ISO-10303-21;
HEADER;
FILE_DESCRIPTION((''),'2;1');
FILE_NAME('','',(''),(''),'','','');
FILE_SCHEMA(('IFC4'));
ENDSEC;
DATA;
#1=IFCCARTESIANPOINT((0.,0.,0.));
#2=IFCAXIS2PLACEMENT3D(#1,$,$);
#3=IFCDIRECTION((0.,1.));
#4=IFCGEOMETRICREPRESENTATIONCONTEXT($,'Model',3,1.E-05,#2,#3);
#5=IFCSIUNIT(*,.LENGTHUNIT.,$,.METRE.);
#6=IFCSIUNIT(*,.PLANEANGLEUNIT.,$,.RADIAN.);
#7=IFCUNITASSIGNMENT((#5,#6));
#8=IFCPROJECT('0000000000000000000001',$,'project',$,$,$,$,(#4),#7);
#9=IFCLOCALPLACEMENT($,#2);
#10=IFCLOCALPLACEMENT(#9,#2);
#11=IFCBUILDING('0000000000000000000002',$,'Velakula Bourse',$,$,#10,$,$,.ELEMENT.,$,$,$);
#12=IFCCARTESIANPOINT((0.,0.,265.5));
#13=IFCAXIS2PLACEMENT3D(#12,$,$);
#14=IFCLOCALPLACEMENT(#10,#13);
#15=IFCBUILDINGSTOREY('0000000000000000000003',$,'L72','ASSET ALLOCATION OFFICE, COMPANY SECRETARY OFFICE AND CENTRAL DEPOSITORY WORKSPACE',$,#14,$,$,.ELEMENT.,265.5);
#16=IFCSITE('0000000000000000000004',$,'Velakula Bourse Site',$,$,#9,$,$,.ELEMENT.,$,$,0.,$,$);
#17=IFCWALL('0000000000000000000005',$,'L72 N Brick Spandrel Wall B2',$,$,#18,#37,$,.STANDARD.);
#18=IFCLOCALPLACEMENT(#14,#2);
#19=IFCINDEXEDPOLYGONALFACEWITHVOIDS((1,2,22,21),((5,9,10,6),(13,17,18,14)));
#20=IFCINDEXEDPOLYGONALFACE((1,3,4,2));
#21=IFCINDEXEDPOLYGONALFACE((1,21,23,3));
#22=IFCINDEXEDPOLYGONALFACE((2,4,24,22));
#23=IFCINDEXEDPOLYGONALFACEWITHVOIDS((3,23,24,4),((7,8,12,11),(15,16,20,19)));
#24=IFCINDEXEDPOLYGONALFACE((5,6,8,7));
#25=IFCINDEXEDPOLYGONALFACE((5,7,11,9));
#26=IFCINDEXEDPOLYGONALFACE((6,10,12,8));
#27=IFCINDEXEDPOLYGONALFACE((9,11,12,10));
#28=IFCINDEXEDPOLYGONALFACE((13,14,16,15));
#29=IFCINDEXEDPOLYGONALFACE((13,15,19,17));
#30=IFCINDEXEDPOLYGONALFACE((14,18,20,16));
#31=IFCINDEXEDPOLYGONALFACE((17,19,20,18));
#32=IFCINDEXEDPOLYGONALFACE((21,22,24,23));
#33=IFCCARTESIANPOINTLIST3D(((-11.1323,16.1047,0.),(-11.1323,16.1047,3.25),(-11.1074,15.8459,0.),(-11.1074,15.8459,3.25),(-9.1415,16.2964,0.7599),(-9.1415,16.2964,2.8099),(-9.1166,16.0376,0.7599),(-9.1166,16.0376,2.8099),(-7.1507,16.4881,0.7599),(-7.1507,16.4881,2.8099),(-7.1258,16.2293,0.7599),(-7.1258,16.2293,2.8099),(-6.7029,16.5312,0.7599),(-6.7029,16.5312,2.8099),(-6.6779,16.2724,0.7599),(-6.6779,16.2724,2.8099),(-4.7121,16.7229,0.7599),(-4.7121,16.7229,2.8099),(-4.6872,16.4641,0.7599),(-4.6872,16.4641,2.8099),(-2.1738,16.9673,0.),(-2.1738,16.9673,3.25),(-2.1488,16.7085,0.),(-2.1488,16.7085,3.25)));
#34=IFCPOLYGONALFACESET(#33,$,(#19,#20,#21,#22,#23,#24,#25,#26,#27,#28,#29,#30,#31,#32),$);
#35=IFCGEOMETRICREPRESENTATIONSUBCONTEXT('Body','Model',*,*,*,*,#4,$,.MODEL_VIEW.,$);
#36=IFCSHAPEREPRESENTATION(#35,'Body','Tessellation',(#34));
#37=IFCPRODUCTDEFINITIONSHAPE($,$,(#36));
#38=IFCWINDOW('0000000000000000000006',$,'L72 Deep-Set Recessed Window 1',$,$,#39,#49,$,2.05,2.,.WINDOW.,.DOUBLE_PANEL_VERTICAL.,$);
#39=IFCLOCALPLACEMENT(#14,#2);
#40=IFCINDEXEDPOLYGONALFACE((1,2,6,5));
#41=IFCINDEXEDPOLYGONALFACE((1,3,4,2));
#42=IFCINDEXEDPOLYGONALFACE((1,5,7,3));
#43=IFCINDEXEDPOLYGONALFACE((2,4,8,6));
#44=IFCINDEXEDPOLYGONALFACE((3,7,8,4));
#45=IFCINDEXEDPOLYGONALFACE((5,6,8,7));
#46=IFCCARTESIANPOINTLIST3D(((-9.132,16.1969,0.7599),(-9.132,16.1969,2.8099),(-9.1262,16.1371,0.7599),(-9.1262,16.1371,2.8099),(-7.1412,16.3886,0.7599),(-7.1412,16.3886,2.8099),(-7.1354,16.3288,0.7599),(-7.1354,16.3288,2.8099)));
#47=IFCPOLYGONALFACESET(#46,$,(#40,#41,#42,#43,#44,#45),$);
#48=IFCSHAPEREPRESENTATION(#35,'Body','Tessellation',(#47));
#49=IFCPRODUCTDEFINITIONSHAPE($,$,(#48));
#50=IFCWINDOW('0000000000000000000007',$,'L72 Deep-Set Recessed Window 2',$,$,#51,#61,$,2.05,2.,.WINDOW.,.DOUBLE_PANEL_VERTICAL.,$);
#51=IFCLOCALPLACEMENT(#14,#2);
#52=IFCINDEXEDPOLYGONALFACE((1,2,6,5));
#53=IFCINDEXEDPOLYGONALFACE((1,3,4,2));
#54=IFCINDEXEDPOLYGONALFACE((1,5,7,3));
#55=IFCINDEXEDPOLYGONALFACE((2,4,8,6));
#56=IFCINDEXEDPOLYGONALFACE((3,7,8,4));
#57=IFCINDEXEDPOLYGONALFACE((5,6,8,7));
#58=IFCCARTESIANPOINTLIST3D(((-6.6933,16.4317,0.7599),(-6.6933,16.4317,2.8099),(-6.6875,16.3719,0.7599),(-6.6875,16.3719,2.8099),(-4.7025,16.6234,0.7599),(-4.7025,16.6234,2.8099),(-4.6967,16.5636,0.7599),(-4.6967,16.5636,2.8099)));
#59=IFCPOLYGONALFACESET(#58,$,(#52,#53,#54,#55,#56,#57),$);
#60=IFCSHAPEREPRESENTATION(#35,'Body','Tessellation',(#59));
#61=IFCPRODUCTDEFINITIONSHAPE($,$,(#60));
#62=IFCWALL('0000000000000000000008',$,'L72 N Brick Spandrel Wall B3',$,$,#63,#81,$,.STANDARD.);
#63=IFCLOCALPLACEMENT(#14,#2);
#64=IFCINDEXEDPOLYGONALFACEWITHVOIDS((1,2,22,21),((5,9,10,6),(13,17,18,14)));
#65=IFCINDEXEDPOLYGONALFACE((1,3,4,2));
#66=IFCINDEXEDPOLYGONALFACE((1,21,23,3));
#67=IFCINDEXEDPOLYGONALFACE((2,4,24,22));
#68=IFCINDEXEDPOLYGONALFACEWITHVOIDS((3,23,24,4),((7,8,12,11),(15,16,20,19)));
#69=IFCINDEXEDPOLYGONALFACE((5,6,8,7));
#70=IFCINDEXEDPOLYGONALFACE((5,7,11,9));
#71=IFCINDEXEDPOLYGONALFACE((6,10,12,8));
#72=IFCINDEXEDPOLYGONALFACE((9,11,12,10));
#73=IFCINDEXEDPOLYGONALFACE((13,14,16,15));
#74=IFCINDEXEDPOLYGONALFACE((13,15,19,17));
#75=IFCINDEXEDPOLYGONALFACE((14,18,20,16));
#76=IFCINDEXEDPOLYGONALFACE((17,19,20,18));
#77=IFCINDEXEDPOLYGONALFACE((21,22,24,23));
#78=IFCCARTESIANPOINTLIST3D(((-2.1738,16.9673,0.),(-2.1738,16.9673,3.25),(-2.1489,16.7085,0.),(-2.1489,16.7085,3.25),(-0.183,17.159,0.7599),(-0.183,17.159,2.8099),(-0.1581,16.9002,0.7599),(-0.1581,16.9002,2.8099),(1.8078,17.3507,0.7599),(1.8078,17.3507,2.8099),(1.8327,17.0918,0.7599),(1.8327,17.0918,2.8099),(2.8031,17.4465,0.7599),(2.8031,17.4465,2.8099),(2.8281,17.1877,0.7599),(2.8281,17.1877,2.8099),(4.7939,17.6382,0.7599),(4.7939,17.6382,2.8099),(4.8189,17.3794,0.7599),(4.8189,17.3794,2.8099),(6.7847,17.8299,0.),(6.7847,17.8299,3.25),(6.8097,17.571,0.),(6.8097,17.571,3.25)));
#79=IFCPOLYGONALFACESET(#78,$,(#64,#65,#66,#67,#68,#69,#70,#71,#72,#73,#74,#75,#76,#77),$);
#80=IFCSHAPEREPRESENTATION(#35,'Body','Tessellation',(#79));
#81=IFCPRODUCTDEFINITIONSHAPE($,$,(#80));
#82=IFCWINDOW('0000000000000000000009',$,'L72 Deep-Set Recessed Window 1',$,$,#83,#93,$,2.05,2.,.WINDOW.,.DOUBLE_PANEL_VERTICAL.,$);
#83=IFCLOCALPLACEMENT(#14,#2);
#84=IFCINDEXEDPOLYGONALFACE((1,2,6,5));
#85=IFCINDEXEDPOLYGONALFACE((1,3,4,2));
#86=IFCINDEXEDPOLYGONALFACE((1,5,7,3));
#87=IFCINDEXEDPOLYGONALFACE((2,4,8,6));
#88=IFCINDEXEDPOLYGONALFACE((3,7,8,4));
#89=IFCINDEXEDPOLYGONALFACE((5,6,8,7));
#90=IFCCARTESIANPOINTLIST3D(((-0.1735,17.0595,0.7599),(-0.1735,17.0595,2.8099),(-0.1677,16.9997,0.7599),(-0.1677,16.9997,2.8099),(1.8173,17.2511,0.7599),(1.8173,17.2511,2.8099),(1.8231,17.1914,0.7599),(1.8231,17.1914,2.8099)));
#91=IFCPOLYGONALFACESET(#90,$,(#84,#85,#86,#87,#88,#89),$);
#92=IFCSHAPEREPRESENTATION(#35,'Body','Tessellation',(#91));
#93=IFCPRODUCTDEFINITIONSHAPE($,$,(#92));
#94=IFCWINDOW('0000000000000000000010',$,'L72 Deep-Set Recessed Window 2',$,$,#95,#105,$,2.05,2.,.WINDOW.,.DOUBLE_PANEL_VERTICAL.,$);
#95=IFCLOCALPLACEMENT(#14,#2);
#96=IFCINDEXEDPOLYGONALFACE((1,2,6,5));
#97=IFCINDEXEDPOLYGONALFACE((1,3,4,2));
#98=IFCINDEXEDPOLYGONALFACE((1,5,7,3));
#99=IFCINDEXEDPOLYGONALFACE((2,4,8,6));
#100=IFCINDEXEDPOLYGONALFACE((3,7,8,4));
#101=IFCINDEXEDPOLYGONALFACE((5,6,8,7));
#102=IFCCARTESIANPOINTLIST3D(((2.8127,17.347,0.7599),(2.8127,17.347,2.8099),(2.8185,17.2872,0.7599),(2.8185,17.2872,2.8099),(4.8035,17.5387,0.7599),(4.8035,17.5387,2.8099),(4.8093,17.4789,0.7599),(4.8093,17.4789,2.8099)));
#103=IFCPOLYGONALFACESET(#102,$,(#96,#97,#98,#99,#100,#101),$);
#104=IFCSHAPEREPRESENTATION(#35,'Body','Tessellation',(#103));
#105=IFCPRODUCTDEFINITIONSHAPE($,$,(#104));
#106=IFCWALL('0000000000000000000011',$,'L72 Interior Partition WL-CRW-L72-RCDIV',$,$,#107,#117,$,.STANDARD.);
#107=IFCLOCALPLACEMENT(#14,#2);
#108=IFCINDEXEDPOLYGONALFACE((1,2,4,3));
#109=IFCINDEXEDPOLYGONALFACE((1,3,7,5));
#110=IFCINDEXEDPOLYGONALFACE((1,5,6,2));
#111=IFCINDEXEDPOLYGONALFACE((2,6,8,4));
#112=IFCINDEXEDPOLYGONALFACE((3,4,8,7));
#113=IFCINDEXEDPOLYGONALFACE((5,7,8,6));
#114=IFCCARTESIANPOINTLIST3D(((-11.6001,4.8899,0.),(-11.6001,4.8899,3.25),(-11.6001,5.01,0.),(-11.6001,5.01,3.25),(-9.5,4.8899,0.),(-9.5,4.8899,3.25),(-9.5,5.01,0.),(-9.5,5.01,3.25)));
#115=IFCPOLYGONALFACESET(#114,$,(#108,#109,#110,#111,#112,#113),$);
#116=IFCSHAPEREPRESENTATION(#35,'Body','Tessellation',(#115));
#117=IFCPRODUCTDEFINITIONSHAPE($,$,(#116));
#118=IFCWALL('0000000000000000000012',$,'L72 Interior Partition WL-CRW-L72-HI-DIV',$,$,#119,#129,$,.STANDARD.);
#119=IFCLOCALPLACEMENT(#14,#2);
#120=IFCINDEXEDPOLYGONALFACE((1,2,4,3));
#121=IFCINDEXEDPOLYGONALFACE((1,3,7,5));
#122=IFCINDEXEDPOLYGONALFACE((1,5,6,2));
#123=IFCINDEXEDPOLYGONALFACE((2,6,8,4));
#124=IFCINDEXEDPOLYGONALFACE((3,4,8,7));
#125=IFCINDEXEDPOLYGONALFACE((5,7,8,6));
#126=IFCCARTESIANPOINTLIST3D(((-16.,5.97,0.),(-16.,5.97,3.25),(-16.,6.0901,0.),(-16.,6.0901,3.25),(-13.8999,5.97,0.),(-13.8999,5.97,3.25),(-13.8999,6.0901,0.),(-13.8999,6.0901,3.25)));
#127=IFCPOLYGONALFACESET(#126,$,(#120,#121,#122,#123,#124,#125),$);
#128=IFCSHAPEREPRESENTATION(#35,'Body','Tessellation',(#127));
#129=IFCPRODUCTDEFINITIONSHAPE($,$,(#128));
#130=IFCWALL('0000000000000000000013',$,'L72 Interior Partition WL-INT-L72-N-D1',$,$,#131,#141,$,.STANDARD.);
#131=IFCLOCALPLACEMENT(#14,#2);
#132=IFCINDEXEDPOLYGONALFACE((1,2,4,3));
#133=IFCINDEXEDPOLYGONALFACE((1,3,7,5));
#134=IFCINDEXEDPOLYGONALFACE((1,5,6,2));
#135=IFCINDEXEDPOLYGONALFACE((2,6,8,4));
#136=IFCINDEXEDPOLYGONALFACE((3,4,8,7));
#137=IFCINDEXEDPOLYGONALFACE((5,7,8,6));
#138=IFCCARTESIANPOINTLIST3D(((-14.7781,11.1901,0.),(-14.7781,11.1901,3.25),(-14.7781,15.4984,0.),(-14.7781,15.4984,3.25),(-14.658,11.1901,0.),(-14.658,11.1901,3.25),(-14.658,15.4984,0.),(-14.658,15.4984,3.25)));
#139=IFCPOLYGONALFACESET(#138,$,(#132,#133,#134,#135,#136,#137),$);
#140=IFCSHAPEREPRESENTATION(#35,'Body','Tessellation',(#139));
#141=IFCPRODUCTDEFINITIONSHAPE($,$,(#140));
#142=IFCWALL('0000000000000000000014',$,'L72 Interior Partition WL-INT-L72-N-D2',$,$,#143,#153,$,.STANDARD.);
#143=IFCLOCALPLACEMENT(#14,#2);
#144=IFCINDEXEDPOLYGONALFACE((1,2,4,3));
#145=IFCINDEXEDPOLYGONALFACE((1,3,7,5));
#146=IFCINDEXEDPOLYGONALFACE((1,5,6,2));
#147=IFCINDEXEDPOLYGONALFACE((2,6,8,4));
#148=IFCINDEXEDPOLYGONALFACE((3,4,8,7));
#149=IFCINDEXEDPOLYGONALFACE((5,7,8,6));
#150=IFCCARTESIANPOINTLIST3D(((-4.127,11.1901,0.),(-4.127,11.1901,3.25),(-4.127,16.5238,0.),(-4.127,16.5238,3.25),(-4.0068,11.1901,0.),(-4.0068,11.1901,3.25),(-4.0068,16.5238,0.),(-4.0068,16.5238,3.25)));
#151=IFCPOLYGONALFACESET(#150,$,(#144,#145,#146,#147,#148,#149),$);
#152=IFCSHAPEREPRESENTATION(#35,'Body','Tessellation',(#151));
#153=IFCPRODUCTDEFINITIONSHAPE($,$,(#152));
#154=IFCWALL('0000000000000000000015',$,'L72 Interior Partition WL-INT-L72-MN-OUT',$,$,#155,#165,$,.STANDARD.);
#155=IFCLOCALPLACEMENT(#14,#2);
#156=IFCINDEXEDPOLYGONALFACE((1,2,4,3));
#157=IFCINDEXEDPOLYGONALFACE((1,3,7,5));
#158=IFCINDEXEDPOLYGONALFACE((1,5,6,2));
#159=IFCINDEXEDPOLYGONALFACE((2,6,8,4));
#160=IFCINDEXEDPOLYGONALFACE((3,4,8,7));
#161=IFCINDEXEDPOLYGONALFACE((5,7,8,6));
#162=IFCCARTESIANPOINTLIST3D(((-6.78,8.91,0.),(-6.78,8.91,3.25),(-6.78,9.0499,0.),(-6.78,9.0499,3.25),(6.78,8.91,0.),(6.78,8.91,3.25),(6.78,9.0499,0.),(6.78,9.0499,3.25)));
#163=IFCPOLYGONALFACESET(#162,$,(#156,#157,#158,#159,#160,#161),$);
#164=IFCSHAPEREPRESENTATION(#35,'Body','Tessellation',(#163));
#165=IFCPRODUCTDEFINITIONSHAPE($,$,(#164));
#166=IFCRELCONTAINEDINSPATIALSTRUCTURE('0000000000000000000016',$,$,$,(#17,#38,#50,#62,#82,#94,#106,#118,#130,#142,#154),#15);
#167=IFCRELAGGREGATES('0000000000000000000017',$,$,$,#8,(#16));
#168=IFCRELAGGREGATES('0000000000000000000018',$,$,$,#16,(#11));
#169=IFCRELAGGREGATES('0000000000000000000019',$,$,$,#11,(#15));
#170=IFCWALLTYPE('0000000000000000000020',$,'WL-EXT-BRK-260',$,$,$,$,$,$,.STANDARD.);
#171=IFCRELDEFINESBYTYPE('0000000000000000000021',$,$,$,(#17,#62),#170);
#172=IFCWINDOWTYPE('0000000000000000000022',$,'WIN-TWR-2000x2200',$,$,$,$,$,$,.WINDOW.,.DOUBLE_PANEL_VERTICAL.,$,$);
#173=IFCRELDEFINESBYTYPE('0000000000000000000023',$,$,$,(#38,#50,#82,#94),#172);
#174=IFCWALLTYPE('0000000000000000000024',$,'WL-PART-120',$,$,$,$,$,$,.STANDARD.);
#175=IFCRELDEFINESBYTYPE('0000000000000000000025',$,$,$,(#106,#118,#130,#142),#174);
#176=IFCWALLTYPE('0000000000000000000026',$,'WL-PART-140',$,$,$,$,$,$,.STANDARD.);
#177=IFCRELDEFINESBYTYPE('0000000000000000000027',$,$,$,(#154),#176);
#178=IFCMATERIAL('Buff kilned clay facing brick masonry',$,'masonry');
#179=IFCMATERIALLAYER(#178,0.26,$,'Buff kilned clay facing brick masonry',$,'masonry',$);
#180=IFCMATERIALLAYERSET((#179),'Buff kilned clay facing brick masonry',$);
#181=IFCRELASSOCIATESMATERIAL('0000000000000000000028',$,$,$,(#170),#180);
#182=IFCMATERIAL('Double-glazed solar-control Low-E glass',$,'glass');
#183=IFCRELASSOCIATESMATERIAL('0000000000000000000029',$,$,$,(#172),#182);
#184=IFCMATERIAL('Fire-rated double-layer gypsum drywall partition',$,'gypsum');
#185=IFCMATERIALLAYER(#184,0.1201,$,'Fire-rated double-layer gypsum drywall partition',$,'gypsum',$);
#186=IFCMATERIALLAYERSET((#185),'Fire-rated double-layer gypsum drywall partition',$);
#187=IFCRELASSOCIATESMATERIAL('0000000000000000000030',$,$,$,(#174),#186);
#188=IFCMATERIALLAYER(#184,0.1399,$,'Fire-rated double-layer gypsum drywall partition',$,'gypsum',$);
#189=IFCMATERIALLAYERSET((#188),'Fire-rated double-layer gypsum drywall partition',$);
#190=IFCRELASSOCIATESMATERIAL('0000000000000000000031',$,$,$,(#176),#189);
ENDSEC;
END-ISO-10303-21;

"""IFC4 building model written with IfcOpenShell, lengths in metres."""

from ifc_helpers import new_model, si_unit, direction, frame, frame_2d, origin, place, context, subcontext, project, spatial, rectangle, extrude, material, layer, layer_set, type_object, element, fill, save


model = new_model("IFC4")

# Units and contexts
model_context = context("Model", 3, precision=1e-05, world=origin(), true_north=direction((0.0, 1.0)))
body_context = subcontext(model_context, "Body", "Model", "MODEL_VIEW")
ifc_project = project(units=[si_unit("LENGTHUNIT", "METRE"), si_unit("PLANEANGLEUNIT", "RADIAN")], contexts=[model_context])

# Site, building, storey
site_placement = place(None, origin())
site = spatial("IfcSite", under=ifc_project, at=site_placement, Name="Velakula Bourse Site", CompositionType="ELEMENT", RefElevation=0.0)
building_placement = place(site_placement, origin())
building = spatial("IfcBuilding", under=site, at=building_placement, Name="Velakula Bourse", CompositionType="ELEMENT")
storey_placement = place(building_placement, frame((0.0, 0.0, 265.5)))
storey = spatial("IfcBuildingStorey", under=building, at=storey_placement, Name="L72", Description="ASSET ALLOCATION OFFICE, COMPANY SECRETARY OFFICE AND CENTRAL DEPOSITORY WORKSPACE", CompositionType="ELEMENT", Elevation=265.5)

# Walls, openings, windows
ifc_material_1 = material(Name="Buff kilned clay facing brick masonry", Category="masonry")
ifc_layer_1 = layer(ifc_material_1, 0.26, Name="Buff kilned clay facing brick masonry", Category="masonry")
ifc_layer_set_1 = layer_set([ifc_layer_1], Name="Buff kilned clay facing brick masonry")
wall_type_1 = type_object("IfcWallType", Name="WL-EXT-BRK-260", PredefinedType="STANDARD", material=ifc_layer_set_1)
wall_1_placement = place(storey_placement, frame((-11.1199, 15.9753, 0.0), z_axis=(0.0, 0.0, 1.0), x_axis=(0.995397, 0.09584, 0.0)))
wall_1 = element("IfcWall", 1, at=wall_1_placement, inside=storey, type_object=wall_type_1, Name="L72 N Brick Spandrel Wall B2", PredefinedType="STANDARD", context=body_context, shape_type="SweptSolid", body=[
    extrude(rectangle(XDim=9.0, YDim=0.26, at=frame_2d((4.5, 0.0))), origin(), (0.0, 0.0, 1.0), 3.25),
])
opening_1_placement = place(wall_1_placement, frame((2.0, 0.0, 0.76)))
opening_1 = element("IfcOpeningElement", 2, at=opening_1_placement, cuts=wall_1, PredefinedType="OPENING", context=body_context, shape_type="SweptSolid", body=[
    extrude(rectangle(XDim=2.0, YDim=2.05, at=frame_2d((1.0, 1.0249))), frame((0.0, 0.1399, 0.0), z_axis=(0.0, -1.0, 0.0), x_axis=(1.0, 0.0, 0.0)), (0.0, 0.0, 1.0), 0.28),
])
opening_2_placement = place(wall_1_placement, frame((4.45, 0.0, 0.76)))
opening_2 = element("IfcOpeningElement", 3, at=opening_2_placement, cuts=wall_1, PredefinedType="OPENING", context=body_context, shape_type="SweptSolid", body=[
    extrude(rectangle(XDim=2.0, YDim=2.05, at=frame_2d((1.0, 1.0249))), frame((0.0, 0.1399, 0.0), z_axis=(0.0, -1.0, 0.0), x_axis=(1.0, 0.0, 0.0)), (0.0, 0.0, 1.0), 0.28),
])
ifc_material_2 = material(Name="Double-glazed solar-control Low-E glass", Category="glass")
window_type = type_object("IfcWindowType", Name="WIN-TWR-2000x2200", PartitioningType="DOUBLE_PANEL_VERTICAL", PredefinedType="WINDOW", material=ifc_material_2)
window_1_placement = place(opening_1_placement, origin())
window_1 = element("IfcWindow", 4, at=window_1_placement, inside=storey, type_object=window_type, Name="L72 Deep-Set Recessed Window 1", OverallHeight=2.05, OverallWidth=2.0, PartitioningType="DOUBLE_PANEL_VERTICAL", PredefinedType="WINDOW", context=body_context, shape_type="SweptSolid", body=[
    extrude(rectangle(XDim=2.0, YDim=2.05, at=frame_2d((1.0, 1.0249))), frame((0.0, 0.03, 0.0), z_axis=(0.0, -1.0, 0.0), x_axis=(1.0, 0.0, 0.0)), (0.0, 0.0, 1.0), 0.0601),
])
fill(opening_1, window_1)
window_2_placement = place(opening_2_placement, origin())
window_2 = element("IfcWindow", 5, at=window_2_placement, inside=storey, type_object=window_type, Name="L72 Deep-Set Recessed Window 2", OverallHeight=2.05, OverallWidth=2.0, PartitioningType="DOUBLE_PANEL_VERTICAL", PredefinedType="WINDOW", context=body_context, shape_type="SweptSolid", body=[
    extrude(rectangle(XDim=2.0, YDim=2.05, at=frame_2d((1.0, 1.0249))), frame((0.0, 0.03, 0.0), z_axis=(0.0, -1.0, 0.0), x_axis=(1.0, 0.0, 0.0)), (0.0, 0.0, 1.0), 0.0601),
])
fill(opening_2, window_2)
wall_2_placement = place(storey_placement, frame((-2.1614, 16.8379, 0.0), z_axis=(0.0, 0.0, 1.0), x_axis=(0.995397, 0.09584, 0.0)))
wall_2 = element("IfcWall", 6, at=wall_2_placement, inside=storey, type_object=wall_type_1, Name="L72 N Brick Spandrel Wall B3", PredefinedType="STANDARD", context=body_context, shape_type="SweptSolid", body=[
    extrude(rectangle(XDim=9.0, YDim=0.26, at=frame_2d((4.5, 0.0))), origin(), (0.0, 0.0, 1.0), 3.25),
])
opening_3_placement = place(wall_2_placement, frame((2.0, 0.0, 0.76)))
opening_3 = element("IfcOpeningElement", 7, at=opening_3_placement, cuts=wall_2, PredefinedType="OPENING", context=body_context, shape_type="SweptSolid", body=[
    extrude(rectangle(XDim=2.0, YDim=2.05, at=frame_2d((1.0, 1.0249))), frame((0.0, 0.1399, 0.0), z_axis=(0.0, -1.0, 0.0), x_axis=(1.0, 0.0, 0.0)), (0.0, 0.0, 1.0), 0.28),
])
opening_4_placement = place(wall_2_placement, frame((5.0, 0.0, 0.76)))
opening_4 = element("IfcOpeningElement", 8, at=opening_4_placement, cuts=wall_2, PredefinedType="OPENING", context=body_context, shape_type="SweptSolid", body=[
    extrude(rectangle(XDim=2.0, YDim=2.05, at=frame_2d((1.0, 1.0249))), frame((0.0, 0.1399, 0.0), z_axis=(0.0, -1.0, 0.0), x_axis=(1.0, 0.0, 0.0)), (0.0, 0.0, 1.0), 0.28),
])
window_3_placement = place(opening_3_placement, origin())
window_3 = element("IfcWindow", 9, at=window_3_placement, inside=storey, type_object=window_type, Name="L72 Deep-Set Recessed Window 1", OverallHeight=2.05, OverallWidth=2.0, PartitioningType="DOUBLE_PANEL_VERTICAL", PredefinedType="WINDOW", context=body_context, shape_type="SweptSolid", body=[
    extrude(rectangle(XDim=2.0, YDim=2.05, at=frame_2d((1.0, 1.0249))), frame((0.0, 0.03, 0.0), z_axis=(0.0, -1.0, 0.0), x_axis=(1.0, 0.0, 0.0)), (0.0, 0.0, 1.0), 0.0601),
])
fill(opening_3, window_3)
window_4_placement = place(opening_4_placement, origin())
window_4 = element("IfcWindow", 10, at=window_4_placement, inside=storey, type_object=window_type, Name="L72 Deep-Set Recessed Window 2", OverallHeight=2.05, OverallWidth=2.0, PartitioningType="DOUBLE_PANEL_VERTICAL", PredefinedType="WINDOW", context=body_context, shape_type="SweptSolid", body=[
    extrude(rectangle(XDim=2.0, YDim=2.05, at=frame_2d((1.0, 1.0249))), frame((0.0, 0.03, 0.0), z_axis=(0.0, -1.0, 0.0), x_axis=(1.0, 0.0, 0.0)), (0.0, 0.0, 1.0), 0.0601),
])
fill(opening_4, window_4)

# Walls
ifc_material_3 = material(Name="Fire-rated double-layer gypsum drywall partition", Category="gypsum")
ifc_layer_2 = layer(ifc_material_3, 0.1201, Name="Fire-rated double-layer gypsum drywall partition", Category="gypsum")
ifc_layer_set_2 = layer_set([ifc_layer_2], Name="Fire-rated double-layer gypsum drywall partition")
wall_type_2 = type_object("IfcWallType", Name="WL-PART-120", PredefinedType="STANDARD", material=ifc_layer_set_2)
for number, where, z_axis, x_axis, name in (
    (11, (-11.6001, 4.95, 0.0), (0.0, 0.0, 1.0), (1.0, 0.0, 0.0), "L72 Interior Partition WL-CRW-L72-RCDIV"),
    (12, (-16.0, 6.03, 0.0), (0.0, 0.0, 1.0), (1.0, 0.0, 0.0), "L72 Interior Partition WL-CRW-L72-HI-DIV"),
):
    element("IfcWall", number, at=place(storey_placement, frame(where, z_axis=z_axis, x_axis=x_axis)), inside=storey, type_object=wall_type_2, Name=name, PredefinedType="STANDARD", context=body_context, shape_type="SweptSolid", body=[
        extrude(rectangle(XDim=2.1001, YDim=0.1201, at=frame_2d((1.05, 0.0))), origin(), (0.0, 0.0, 1.0), 3.25),
    ])
wall_3_placement = place(storey_placement, frame((-14.718, 11.1899, 0.0), z_axis=(0.0, 0.0, 1.0), x_axis=(0.0, 1.0, 0.0)))
element("IfcWall", 13, at=wall_3_placement, inside=storey, type_object=wall_type_2, Name="L72 Interior Partition WL-INT-L72-N-D1", PredefinedType="STANDARD", context=body_context, shape_type="SweptSolid", body=[
    extrude(rectangle(XDim=4.3083, YDim=0.1201, at=frame_2d((2.1543, 0.0))), origin(), (0.0, 0.0, 1.0), 3.25),
])
wall_4_placement = place(storey_placement, frame((-4.0669, 11.1899, 0.0), z_axis=(0.0, 0.0, 1.0), x_axis=(0.0, 1.0, 0.0)))
element("IfcWall", 14, at=wall_4_placement, inside=storey, type_object=wall_type_2, Name="L72 Interior Partition WL-INT-L72-N-D2", PredefinedType="STANDARD", context=body_context, shape_type="SweptSolid", body=[
    extrude(rectangle(XDim=5.3337, YDim=0.1201, at=frame_2d((2.667, 0.0))), origin(), (0.0, 0.0, 1.0), 3.25),
])
ifc_layer_3 = layer(ifc_material_3, 0.1399, Name="Fire-rated double-layer gypsum drywall partition", Category="gypsum")
ifc_layer_set_3 = layer_set([ifc_layer_3], Name="Fire-rated double-layer gypsum drywall partition")
wall_type_3 = type_object("IfcWallType", Name="WL-PART-140", PredefinedType="STANDARD", material=ifc_layer_set_3)
wall_5_placement = place(storey_placement, frame((-6.78, 8.98, 0.0), z_axis=(0.0, 0.0, 1.0), x_axis=(1.0, 0.0, 0.0)))
element("IfcWall", 15, at=wall_5_placement, inside=storey, type_object=wall_type_3, Name="L72 Interior Partition WL-INT-L72-MN-OUT", PredefinedType="STANDARD", context=body_context, shape_type="SweptSolid", body=[
    extrude(rectangle(XDim=13.5601, YDim=0.1399, at=frame_2d((6.78, 0.0))), origin(), (0.0, 0.0, 1.0), 3.25),
])

save(model, "model.ifc")
